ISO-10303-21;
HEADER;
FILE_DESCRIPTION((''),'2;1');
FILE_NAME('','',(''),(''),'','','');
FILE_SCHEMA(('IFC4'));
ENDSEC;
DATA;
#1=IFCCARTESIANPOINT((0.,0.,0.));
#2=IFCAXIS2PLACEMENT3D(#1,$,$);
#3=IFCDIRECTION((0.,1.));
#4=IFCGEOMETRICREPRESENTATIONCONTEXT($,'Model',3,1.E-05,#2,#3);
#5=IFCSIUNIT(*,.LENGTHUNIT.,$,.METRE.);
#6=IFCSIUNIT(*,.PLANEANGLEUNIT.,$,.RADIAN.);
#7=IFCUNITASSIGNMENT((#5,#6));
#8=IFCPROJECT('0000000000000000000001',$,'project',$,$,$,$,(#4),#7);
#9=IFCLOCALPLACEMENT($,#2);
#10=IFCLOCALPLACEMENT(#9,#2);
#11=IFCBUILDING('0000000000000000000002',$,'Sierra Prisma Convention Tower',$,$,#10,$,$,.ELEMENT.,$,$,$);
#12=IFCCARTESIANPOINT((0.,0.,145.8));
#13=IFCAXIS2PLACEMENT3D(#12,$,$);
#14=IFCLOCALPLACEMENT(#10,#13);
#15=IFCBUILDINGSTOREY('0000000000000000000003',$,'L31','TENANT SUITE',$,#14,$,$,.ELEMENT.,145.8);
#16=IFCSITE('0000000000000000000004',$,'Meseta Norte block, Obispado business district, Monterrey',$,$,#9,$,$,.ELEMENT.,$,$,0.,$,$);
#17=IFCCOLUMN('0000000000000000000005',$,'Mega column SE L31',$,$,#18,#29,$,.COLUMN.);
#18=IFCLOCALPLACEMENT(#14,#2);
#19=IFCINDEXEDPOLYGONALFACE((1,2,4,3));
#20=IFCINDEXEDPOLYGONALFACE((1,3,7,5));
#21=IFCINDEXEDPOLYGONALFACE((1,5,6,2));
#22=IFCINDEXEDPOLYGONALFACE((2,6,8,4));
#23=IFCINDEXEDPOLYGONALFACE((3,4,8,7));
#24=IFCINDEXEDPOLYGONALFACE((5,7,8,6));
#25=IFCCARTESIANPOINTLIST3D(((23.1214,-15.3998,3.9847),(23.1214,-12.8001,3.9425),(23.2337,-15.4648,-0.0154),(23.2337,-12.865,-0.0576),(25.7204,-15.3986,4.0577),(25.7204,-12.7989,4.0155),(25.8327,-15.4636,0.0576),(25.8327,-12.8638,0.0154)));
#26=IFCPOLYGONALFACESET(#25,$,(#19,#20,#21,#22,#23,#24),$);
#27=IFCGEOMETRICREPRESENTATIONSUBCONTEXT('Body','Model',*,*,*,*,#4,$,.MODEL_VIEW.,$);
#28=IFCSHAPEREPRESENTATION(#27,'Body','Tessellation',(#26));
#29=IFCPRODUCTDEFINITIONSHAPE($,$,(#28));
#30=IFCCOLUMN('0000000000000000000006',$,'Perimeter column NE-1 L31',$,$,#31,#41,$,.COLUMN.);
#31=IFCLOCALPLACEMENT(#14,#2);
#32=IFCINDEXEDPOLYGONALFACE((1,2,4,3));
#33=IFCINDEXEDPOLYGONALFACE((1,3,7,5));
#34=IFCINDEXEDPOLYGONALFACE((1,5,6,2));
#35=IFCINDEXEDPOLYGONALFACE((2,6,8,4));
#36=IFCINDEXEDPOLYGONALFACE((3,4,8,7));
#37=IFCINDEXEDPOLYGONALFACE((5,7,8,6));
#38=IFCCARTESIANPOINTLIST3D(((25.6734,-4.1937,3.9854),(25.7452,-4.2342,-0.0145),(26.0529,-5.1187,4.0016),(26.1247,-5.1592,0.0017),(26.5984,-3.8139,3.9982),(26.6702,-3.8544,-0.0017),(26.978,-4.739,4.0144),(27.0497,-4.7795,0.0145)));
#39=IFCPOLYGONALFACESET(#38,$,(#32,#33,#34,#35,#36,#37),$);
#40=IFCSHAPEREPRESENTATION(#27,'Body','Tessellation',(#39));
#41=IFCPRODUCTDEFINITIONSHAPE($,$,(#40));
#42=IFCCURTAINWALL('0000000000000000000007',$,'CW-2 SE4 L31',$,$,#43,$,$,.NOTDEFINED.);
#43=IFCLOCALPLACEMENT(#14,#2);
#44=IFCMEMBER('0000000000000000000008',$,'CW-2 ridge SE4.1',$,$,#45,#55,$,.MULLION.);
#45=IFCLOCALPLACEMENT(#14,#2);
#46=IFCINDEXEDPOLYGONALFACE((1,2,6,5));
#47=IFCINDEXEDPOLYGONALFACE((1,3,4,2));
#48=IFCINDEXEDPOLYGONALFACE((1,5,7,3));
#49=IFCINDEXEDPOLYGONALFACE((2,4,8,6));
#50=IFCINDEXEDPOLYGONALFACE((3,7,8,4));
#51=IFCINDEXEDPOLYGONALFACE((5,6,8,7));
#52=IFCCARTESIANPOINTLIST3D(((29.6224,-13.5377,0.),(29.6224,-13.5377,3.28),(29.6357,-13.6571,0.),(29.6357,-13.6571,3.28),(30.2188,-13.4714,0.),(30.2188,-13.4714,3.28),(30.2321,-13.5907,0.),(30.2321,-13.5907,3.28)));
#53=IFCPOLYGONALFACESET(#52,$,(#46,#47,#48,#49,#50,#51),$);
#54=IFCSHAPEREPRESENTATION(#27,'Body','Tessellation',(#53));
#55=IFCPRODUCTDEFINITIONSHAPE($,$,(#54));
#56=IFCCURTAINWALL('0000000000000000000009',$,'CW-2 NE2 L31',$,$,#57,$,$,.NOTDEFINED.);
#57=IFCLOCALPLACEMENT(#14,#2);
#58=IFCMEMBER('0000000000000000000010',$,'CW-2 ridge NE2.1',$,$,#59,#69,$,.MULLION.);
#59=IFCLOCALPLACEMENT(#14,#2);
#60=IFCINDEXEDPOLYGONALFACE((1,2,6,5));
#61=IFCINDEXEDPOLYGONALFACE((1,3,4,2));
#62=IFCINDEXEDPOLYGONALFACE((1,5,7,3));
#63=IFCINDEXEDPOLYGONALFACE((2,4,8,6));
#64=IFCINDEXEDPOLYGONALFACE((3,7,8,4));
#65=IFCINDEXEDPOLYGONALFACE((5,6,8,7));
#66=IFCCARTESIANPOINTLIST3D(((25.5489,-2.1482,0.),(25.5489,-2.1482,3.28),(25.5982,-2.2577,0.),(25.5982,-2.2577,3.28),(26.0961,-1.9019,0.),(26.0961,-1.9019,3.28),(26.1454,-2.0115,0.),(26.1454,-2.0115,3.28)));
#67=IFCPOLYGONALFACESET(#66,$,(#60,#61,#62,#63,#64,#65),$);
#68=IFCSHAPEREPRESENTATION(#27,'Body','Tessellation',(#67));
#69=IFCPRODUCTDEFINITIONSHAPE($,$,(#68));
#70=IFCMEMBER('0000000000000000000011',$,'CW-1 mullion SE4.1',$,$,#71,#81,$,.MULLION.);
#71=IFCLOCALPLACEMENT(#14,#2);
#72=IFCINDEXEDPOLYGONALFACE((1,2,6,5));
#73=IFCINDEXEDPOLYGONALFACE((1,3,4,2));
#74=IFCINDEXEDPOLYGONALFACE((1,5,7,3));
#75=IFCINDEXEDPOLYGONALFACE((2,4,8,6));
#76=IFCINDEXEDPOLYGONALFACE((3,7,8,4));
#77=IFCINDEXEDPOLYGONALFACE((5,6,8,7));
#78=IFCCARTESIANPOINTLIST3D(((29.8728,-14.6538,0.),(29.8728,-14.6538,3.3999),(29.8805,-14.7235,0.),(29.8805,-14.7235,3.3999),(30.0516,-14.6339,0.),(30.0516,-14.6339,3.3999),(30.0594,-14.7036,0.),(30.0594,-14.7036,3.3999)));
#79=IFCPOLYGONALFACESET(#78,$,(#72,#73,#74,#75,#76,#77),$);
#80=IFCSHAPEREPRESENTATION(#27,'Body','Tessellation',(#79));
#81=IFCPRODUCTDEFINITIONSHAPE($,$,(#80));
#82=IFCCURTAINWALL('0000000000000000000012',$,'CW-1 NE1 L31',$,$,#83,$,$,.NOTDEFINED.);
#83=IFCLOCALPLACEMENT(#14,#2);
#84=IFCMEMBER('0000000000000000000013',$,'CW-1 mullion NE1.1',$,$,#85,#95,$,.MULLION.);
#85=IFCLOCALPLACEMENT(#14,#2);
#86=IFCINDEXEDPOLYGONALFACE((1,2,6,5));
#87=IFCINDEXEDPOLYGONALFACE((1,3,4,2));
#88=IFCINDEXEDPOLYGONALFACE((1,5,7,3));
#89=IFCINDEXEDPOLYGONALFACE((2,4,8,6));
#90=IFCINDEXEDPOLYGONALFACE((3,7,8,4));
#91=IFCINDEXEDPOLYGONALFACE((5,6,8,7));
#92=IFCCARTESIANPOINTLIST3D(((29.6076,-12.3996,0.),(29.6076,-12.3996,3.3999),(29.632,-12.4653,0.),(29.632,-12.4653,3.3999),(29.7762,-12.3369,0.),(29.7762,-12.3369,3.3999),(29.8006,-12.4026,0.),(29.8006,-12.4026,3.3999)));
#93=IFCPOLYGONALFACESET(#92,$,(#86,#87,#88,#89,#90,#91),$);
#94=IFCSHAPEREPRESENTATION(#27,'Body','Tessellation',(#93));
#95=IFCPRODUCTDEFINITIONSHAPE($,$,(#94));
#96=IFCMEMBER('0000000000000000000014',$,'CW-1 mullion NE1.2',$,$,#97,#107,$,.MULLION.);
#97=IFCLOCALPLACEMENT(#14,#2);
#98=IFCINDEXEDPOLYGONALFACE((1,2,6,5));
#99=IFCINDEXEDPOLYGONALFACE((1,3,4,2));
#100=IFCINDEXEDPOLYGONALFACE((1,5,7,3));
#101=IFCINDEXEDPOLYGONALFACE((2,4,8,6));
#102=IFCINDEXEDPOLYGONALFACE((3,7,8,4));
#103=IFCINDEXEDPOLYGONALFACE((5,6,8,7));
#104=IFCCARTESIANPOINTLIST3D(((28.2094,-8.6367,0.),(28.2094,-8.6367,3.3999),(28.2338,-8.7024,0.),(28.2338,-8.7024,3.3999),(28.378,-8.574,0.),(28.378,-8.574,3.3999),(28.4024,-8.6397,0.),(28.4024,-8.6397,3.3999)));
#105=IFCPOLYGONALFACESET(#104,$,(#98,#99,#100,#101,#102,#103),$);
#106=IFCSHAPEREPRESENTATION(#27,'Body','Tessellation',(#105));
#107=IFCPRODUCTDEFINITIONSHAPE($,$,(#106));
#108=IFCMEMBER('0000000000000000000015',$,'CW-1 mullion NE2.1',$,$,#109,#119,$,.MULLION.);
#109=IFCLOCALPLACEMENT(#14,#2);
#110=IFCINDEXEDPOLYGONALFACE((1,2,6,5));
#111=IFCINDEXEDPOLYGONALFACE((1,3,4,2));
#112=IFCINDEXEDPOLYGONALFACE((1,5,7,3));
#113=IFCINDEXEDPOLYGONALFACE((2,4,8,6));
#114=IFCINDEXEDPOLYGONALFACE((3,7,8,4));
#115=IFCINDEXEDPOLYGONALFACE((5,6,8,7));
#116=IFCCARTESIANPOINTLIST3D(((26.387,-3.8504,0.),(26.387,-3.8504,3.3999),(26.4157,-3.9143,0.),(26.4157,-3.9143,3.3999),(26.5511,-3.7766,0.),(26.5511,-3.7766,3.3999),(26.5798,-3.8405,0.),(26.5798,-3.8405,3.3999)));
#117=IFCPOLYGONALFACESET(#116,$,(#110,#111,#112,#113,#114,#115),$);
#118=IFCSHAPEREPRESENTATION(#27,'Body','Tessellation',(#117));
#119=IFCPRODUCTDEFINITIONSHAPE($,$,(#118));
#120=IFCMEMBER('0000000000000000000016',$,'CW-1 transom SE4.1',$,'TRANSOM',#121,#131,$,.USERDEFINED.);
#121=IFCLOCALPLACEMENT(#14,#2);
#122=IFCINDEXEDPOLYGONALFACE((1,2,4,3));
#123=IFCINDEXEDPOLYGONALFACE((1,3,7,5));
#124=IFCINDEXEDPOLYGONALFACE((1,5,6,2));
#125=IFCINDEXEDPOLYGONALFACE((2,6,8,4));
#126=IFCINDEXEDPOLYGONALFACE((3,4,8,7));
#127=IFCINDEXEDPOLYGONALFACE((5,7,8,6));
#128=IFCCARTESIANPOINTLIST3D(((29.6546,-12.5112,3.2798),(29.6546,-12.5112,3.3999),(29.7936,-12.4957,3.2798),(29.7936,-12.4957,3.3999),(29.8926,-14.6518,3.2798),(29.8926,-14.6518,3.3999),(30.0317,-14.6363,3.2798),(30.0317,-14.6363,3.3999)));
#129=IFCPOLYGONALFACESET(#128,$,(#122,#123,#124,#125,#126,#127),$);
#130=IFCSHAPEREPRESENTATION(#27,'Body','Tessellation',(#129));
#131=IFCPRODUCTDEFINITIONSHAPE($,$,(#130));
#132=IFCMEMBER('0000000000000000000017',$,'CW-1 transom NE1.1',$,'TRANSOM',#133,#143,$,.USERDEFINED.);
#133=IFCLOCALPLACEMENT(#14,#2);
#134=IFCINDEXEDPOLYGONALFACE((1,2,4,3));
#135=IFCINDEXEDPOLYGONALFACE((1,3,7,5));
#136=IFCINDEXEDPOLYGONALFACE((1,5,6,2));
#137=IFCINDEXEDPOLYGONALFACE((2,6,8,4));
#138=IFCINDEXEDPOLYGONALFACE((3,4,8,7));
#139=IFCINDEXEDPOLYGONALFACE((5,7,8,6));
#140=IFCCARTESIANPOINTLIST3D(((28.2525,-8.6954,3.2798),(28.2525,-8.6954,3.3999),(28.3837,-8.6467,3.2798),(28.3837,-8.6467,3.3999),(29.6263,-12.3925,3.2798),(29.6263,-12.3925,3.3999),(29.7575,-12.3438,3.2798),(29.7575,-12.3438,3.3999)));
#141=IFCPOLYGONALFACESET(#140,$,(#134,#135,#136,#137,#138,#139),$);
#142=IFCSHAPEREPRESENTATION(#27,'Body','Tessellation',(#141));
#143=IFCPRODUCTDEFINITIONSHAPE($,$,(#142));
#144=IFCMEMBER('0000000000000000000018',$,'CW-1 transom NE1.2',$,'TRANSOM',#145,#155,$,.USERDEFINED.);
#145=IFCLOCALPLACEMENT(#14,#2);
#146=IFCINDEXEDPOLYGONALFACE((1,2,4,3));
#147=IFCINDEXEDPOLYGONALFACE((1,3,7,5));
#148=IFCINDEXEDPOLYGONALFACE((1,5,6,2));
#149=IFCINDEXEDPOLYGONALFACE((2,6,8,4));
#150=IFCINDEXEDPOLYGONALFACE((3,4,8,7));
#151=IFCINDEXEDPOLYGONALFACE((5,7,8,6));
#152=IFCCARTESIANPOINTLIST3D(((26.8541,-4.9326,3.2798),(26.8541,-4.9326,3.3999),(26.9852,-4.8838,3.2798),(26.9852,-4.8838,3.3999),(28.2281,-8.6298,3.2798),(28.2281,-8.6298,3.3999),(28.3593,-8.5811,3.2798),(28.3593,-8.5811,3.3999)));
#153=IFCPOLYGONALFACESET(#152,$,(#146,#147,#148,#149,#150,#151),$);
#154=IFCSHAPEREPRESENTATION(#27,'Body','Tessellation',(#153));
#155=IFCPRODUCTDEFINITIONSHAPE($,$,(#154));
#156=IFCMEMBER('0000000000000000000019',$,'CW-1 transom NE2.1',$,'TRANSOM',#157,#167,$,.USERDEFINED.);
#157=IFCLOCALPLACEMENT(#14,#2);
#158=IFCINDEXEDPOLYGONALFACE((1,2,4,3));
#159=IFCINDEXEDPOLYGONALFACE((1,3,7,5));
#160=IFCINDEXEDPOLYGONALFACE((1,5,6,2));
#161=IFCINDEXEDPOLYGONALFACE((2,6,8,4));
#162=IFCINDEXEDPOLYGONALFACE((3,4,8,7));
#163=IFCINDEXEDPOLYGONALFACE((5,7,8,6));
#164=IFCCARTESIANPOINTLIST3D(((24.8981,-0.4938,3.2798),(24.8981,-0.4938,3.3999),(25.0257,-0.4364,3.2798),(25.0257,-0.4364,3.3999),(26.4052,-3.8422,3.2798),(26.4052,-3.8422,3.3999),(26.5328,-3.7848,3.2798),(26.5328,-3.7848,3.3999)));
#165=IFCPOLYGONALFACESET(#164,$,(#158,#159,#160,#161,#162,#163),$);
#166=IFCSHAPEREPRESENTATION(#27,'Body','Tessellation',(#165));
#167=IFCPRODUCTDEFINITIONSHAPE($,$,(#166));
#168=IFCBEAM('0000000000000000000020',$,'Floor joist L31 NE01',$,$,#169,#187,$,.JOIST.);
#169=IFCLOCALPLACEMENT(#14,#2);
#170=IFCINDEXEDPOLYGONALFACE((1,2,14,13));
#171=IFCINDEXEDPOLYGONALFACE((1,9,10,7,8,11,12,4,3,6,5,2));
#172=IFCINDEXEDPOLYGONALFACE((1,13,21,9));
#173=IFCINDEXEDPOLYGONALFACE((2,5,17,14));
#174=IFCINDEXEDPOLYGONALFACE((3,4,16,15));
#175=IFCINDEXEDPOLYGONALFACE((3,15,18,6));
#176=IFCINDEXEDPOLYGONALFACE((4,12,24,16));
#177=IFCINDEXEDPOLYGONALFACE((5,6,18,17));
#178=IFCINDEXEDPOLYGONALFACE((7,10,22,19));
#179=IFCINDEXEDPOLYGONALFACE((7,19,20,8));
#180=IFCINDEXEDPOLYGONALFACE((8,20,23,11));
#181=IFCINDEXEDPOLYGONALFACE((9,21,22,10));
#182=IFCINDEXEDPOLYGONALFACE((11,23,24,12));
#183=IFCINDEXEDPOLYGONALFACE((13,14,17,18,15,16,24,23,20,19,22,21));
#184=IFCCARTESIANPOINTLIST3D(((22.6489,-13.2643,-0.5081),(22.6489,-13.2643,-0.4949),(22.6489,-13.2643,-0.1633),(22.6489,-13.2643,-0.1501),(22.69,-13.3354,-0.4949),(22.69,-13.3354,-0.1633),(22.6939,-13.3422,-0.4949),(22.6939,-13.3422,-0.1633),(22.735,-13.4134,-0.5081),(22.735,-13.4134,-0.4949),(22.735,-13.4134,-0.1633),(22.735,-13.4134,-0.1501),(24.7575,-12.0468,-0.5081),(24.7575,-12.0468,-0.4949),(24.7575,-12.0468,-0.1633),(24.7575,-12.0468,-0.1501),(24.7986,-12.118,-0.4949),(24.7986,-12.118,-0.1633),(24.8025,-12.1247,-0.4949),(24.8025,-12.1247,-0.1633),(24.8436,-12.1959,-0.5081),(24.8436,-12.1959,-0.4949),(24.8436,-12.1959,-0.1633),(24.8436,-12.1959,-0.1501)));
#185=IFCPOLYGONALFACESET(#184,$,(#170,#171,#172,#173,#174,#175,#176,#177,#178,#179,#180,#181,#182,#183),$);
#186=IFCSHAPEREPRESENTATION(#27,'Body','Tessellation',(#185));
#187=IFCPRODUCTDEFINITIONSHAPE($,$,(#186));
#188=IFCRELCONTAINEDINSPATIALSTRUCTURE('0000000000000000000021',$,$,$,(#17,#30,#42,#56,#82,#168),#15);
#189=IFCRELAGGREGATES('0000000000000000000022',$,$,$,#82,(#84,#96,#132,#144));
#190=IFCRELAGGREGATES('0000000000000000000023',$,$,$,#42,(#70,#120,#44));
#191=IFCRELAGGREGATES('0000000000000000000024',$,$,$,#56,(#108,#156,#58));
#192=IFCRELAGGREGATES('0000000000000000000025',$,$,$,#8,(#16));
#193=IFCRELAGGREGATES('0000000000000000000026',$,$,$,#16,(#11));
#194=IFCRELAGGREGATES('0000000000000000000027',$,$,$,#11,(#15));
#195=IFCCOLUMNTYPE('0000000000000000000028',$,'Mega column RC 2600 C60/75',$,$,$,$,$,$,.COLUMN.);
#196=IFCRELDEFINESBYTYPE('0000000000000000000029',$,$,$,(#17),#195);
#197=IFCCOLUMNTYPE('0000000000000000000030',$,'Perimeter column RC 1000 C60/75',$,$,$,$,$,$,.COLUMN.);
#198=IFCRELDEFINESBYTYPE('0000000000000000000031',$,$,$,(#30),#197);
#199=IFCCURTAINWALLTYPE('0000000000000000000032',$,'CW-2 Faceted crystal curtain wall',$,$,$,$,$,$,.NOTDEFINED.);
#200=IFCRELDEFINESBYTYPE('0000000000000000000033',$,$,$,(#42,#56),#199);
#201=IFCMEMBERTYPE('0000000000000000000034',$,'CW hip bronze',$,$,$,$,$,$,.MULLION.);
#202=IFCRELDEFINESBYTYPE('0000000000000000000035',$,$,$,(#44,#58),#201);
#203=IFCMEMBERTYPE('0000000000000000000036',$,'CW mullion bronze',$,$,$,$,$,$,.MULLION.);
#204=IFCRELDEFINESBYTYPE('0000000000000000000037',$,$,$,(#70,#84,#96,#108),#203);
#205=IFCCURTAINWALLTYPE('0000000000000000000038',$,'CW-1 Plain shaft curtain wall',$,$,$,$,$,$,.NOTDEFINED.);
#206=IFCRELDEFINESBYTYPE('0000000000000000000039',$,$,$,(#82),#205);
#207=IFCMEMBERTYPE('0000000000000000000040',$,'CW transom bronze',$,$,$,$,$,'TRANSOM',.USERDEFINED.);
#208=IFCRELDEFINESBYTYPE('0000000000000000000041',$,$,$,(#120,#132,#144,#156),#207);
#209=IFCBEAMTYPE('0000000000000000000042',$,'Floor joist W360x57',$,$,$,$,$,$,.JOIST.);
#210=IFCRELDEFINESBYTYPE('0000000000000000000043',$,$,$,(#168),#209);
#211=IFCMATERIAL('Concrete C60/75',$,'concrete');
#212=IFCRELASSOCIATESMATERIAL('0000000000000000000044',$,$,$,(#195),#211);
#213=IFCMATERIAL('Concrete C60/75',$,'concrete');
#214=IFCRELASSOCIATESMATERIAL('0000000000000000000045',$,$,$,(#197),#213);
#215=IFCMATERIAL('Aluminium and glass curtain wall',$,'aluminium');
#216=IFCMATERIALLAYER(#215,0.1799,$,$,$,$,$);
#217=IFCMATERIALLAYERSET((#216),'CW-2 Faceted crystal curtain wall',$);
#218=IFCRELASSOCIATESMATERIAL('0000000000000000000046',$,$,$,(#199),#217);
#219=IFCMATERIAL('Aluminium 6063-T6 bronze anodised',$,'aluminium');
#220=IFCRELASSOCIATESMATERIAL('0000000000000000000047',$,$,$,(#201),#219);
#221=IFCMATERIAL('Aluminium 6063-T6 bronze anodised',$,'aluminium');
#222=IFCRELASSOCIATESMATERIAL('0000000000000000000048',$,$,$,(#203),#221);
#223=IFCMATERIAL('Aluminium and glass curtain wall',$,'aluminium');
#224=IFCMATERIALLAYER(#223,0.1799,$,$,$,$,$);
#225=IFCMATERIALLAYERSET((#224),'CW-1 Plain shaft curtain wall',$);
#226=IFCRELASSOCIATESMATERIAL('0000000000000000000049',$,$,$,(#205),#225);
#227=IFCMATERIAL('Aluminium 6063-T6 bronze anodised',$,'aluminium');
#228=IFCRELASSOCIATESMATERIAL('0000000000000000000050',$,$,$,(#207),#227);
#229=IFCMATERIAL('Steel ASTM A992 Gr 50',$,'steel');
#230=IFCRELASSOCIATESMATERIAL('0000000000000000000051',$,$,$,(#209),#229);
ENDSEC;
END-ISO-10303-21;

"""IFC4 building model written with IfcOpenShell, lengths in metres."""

from ifc_helpers import new_model, si_unit, direction, frame, origin, origin_2d, place, context, subcontext, project, spatial, rectangle, i_section, extrude, material, layer, layer_set, material_profile, profile_set, type_object, element, aggregate, save


model = new_model("IFC4")

# Units and contexts
model_context = context("Model", 3, precision=1e-05, world=origin(), true_north=direction((0.0, 1.0)))
body_context = subcontext(model_context, "Body", "Model", "MODEL_VIEW")
ifc_project = project(units=[si_unit("LENGTHUNIT", "METRE"), si_unit("PLANEANGLEUNIT", "RADIAN")], contexts=[model_context])

# Site, building, storey
site_placement = place(None, origin())
site = spatial("IfcSite", under=ifc_project, at=site_placement, Name="Meseta Norte block, Obispado business district, Monterrey", CompositionType="ELEMENT", RefElevation=0.0)
building_placement = place(site_placement, origin())
building = spatial("IfcBuilding", under=site, at=building_placement, Name="Sierra Prisma Convention Tower", CompositionType="ELEMENT")
storey_placement = place(building_placement, frame((0.0, 0.0, 145.8)))
storey = spatial("IfcBuildingStorey", under=building, at=storey_placement, Name="L31", Description="TENANT SUITE", CompositionType="ELEMENT", Elevation=145.8)

# Columns
ifc_material_1 = material(Name="Concrete C60/75", Category="concrete")
ifc_material_profile_1 = material_profile(ifc_material_1, rectangle(XDim=2.6001, YDim=2.6001, at=origin_2d()), Name="Mega column RC 2600 C60/75")
ifc_profile_set_1 = profile_set([ifc_material_profile_1], Name="Concrete C60/75")
column_type_1 = type_object("IfcColumnType", Name="Mega column RC 2600 C60/75", PredefinedType="COLUMN", material=ifc_profile_set_1)
column_1_placement = place(storey_placement, frame((24.5332, -14.1643, 0.0), z_axis=(-0.028061, 0.016227, 0.999474), x_axis=(0.999606, 0.000456, 0.028058)))
element("IfcColumn", 1, at=column_1_placement, inside=storey, type_object=column_type_1, Name="Mega column SE L31", PredefinedType="COLUMN", context=body_context, shape_type="SweptSolid", body=[
    extrude(rectangle(XDim=2.6001, YDim=2.6001, at=origin_2d()), origin(), (0.0, 0.0, 1.0), 4.0022),
])
ifc_material_2 = material(Name="Concrete C60/75", Category="concrete")
ifc_material_profile_2 = material_profile(ifc_material_2, rectangle(XDim=1.0, YDim=1.0, at=origin_2d()), Name="Perimeter column RC 1000 C60/75")
ifc_profile_set_2 = profile_set([ifc_material_profile_2], Name="Concrete C60/75")
column_type_2 = type_object("IfcColumnType", Name="Perimeter column RC 1000 C60/75", PredefinedType="COLUMN", material=ifc_profile_set_2)
column_2_placement = place(storey_placement, frame((26.3975, -4.5068, 0.0), z_axis=(-0.017941, 0.01013, 0.999788), x_axis=(-0.379524, 0.92504, -0.016183)))
element("IfcColumn", 2, at=column_2_placement, inside=storey, type_object=column_type_2, Name="Perimeter column NE-1 L31", PredefinedType="COLUMN", context=body_context, shape_type="SweptSolid", body=[
    extrude(rectangle(XDim=1.0, YDim=1.0, at=origin_2d()), origin(), (0.0, 0.0, 1.0), 4.0007),
])

# Curtain walls, members
ifc_material_3 = material(Name="Aluminium and glass curtain wall", Category="aluminium")
ifc_layer_1 = layer(ifc_material_3, 0.1799)
ifc_layer_set_1 = layer_set([ifc_layer_1], Name="CW-2 Faceted crystal curtain wall")
curtain_wall_type_1 = type_object("IfcCurtainWallType", Name="CW-2 Faceted crystal curtain wall", PredefinedType="NOTDEFINED", material=ifc_layer_set_1)
curtain_wall_1_placement = place(storey_placement, origin())
curtain_wall_1 = element("IfcCurtainWall", 3, at=curtain_wall_1_placement, inside=storey, type_object=curtain_wall_type_1, Name="CW-2 SE4 L31", PredefinedType="NOTDEFINED")
ifc_material_4 = material(Name="Aluminium 6063-T6 bronze anodised", Category="aluminium")
ifc_material_profile_3 = material_profile(ifc_material_4, rectangle(XDim=0.1201, YDim=0.6001, at=origin_2d()), Name="ALU RIDGE BLADE 120x600")
ifc_profile_set_3 = profile_set([ifc_material_profile_3], Name="Aluminium 6063-T6 bronze anodised")
member_type_1 = type_object("IfcMemberType", Name="CW hip bronze", PredefinedType="MULLION", material=ifc_profile_set_3)
member_1_placement = place(storey_placement, frame((29.9272, -13.5642, 0.0), z_axis=(0.0, 0.0, 1.0), x_axis=(-0.110541, 0.993872, 0.0)))
member_1 = element("IfcMember", 4, at=member_1_placement, type_object=member_type_1, Name="CW-2 ridge SE4.1", PredefinedType="MULLION", context=body_context, shape_type="SweptSolid", body=[
    extrude(rectangle(XDim=0.1201, YDim=0.6001, at=origin_2d()), origin(), (0.0, 0.0, 1.0), 3.28),
])
curtain_wall_2_placement = place(storey_placement, origin())
curtain_wall_2 = element("IfcCurtainWall", 5, at=curtain_wall_2_placement, inside=storey, type_object=curtain_wall_type_1, Name="CW-2 NE2 L31", PredefinedType="NOTDEFINED")
member_2_placement = place(storey_placement, frame((25.8472, -2.0798, 0.0), z_axis=(0.0, 0.0, 1.0), x_axis=(-0.410416, 0.911898, 0.0)))
member_2 = element("IfcMember", 6, at=member_2_placement, type_object=member_type_1, Name="CW-2 ridge NE2.1", PredefinedType="MULLION", context=body_context, shape_type="SweptSolid", body=[
    extrude(rectangle(XDim=0.1201, YDim=0.6001, at=origin_2d()), origin(), (0.0, 0.0, 1.0), 3.28),
])

# Member
ifc_material_5 = material(Name="Aluminium 6063-T6 bronze anodised", Category="aluminium")
ifc_material_profile_4 = material_profile(ifc_material_5, rectangle(XDim=0.1799, YDim=0.0701, at=origin_2d()), Name="ALU MULLION 70x180")
ifc_profile_set_4 = profile_set([ifc_material_profile_4], Name="Aluminium 6063-T6 bronze anodised")
member_type_2 = type_object("IfcMemberType", Name="CW mullion bronze", PredefinedType="MULLION", material=ifc_profile_set_4)
member_3_placement = place(storey_placement, frame((29.9661, -14.6787, 0.0), z_axis=(0.0, 0.0, 1.0), x_axis=(-0.993872, -0.110541, 0.0)))
member_3 = element("IfcMember", 7, at=member_3_placement, type_object=member_type_2, Name="CW-1 mullion SE4.1", PredefinedType="MULLION", context=body_context, shape_type="SweptSolid", body=[
    extrude(rectangle(XDim=0.1799, YDim=0.0701, at=origin_2d()), origin(), (0.0, 0.0, 1.0), 3.3999),
])

# Curtain wall, members
ifc_material_6 = material(Name="Aluminium and glass curtain wall", Category="aluminium")
ifc_layer_2 = layer(ifc_material_6, 0.1799)
ifc_layer_set_2 = layer_set([ifc_layer_2], Name="CW-1 Plain shaft curtain wall")
curtain_wall_type_2 = type_object("IfcCurtainWallType", Name="CW-1 Plain shaft curtain wall", PredefinedType="NOTDEFINED", material=ifc_layer_set_2)
curtain_wall_3_placement = place(storey_placement, origin())
curtain_wall_3 = element("IfcCurtainWall", 8, at=curtain_wall_3_placement, inside=storey, type_object=curtain_wall_type_2, Name="CW-1 NE1 L31", PredefinedType="NOTDEFINED")
member_4_placement = place(storey_placement, frame((29.7041, -12.4011, 0.0), z_axis=(0.0, 0.0, 1.0), x_axis=(-0.937373, -0.348326, 0.0)))
member_4 = element("IfcMember", 9, at=member_4_placement, type_object=member_type_2, Name="CW-1 mullion NE1.1", PredefinedType="MULLION", context=body_context, shape_type="SweptSolid", body=[
    extrude(rectangle(XDim=0.1799, YDim=0.0701, at=origin_2d()), origin(), (0.0, 0.0, 1.0), 3.3999),
])
member_5_placement = place(storey_placement, frame((28.3059, -8.6382, 0.0), z_axis=(0.0, 0.0, 1.0), x_axis=(-0.937373, -0.348326, 0.0)))
member_5 = element("IfcMember", 10, at=member_5_placement, type_object=member_type_2, Name="CW-1 mullion NE1.2", PredefinedType="MULLION", context=body_context, shape_type="SweptSolid", body=[
    extrude(rectangle(XDim=0.1799, YDim=0.0701, at=origin_2d()), origin(), (0.0, 0.0, 1.0), 3.3999),
])

# Members
member_6_placement = place(storey_placement, frame((26.4834, -3.8455, 0.0), z_axis=(0.0, 0.0, 1.0), x_axis=(-0.911898, -0.410416, 0.0)))
member_6 = element("IfcMember", 11, at=member_6_placement, type_object=member_type_2, Name="CW-1 mullion NE2.1", PredefinedType="MULLION", context=body_context, shape_type="SweptSolid", body=[
    extrude(rectangle(XDim=0.1799, YDim=0.0701, at=origin_2d()), origin(), (0.0, 0.0, 1.0), 3.3999),
])
ifc_material_7 = material(Name="Aluminium 6063-T6 bronze anodised", Category="aluminium")
ifc_material_profile_5 = material_profile(ifc_material_7, rectangle(XDim=0.1399, YDim=0.1201, at=origin_2d()), Name="ALU TRANSOM 120x140")
ifc_profile_set_5 = profile_set([ifc_material_profile_5], Name="Aluminium 6063-T6 bronze anodised")
member_type_3 = type_object("IfcMemberType", Name="CW transom bronze", ElementType="TRANSOM", PredefinedType="USERDEFINED", material=ifc_profile_set_5)
member_7_placement = place(storey_placement, frame((29.9622, -14.644, 3.3398), z_axis=(-0.110519, 0.993874, 0.0), x_axis=(-0.993874, -0.110519, 0.0)))
member_7 = element("IfcMember", 12, at=member_7_placement, type_object=member_type_3, Name="CW-1 transom SE4.1", ObjectType="TRANSOM", PredefinedType="USERDEFINED", context=body_context, shape_type="SweptSolid", body=[
    extrude(rectangle(XDim=0.1399, YDim=0.1201, at=origin_2d()), origin(), (0.0, 0.0, 1.0), 2.1538),
])
member_8_placement = place(storey_placement, frame((29.6919, -12.3682, 3.3398), z_axis=(-0.34832, 0.937376, 0.0), x_axis=(-0.937376, -0.34832, 0.0)))
member_8 = element("IfcMember", 13, at=member_8_placement, type_object=member_type_3, Name="CW-1 transom NE1.1", ObjectType="TRANSOM", PredefinedType="USERDEFINED", context=body_context, shape_type="SweptSolid", body=[
    extrude(rectangle(XDim=0.1399, YDim=0.1201, at=origin_2d()), origin(), (0.0, 0.0, 1.0), 3.9441),
])
member_9_placement = place(storey_placement, frame((28.2937, -8.6055, 3.3398), z_axis=(-0.348354, 0.937363, 0.0), x_axis=(-0.937363, -0.348354, 0.0)))
member_9 = element("IfcMember", 14, at=member_9_placement, type_object=member_type_3, Name="CW-1 transom NE1.2", ObjectType="TRANSOM", PredefinedType="USERDEFINED", context=body_context, shape_type="SweptSolid", body=[
    extrude(rectangle(XDim=0.1399, YDim=0.1201, at=origin_2d()), origin(), (0.0, 0.0, 1.0), 3.9443),
])
member_10_placement = place(storey_placement, frame((26.469, -3.8135, 3.3398), z_axis=(-0.410434, 0.91189, 0.0), x_axis=(-0.91189, -0.410434, 0.0)))
member_10 = element("IfcMember", 15, at=member_10_placement, type_object=member_type_3, Name="CW-1 transom NE2.1", ObjectType="TRANSOM", PredefinedType="USERDEFINED", context=body_context, shape_type="SweptSolid", body=[
    extrude(rectangle(XDim=0.1399, YDim=0.1201, at=origin_2d()), origin(), (0.0, 0.0, 1.0), 3.6719),
])

# Beam
ifc_material_8 = material(Name="Steel ASTM A992 Gr 50", Category="steel")
ifc_material_profile_6 = material_profile(ifc_material_8, i_section(OverallWidth=0.1721, OverallDepth=0.3579, WebThickness=0.0078, FlangeThickness=0.0132, at=origin_2d()), Name="W360x57")
ifc_profile_set_6 = profile_set([ifc_material_profile_6], Name="Steel ASTM A992 Gr 50")
beam_type_1 = type_object("IfcBeamType", Name="Floor joist W360x57", PredefinedType="JOIST", material=ifc_profile_set_6)
beam_1_placement = place(storey_placement, frame((24.8005, -12.1213, -0.3291), z_axis=(-0.866007, -0.500032, 0.0), x_axis=(0.500032, -0.866007, 0.0)))
element("IfcBeam", 16, at=beam_1_placement, inside=storey, type_object=beam_type_1, Name="Floor joist L31 NE01", PredefinedType="JOIST", context=body_context, shape_type="SweptSolid", body=[
    extrude(i_section(OverallWidth=0.1721, OverallDepth=0.3579, WebThickness=0.0078, FlangeThickness=0.0132, at=origin_2d()), origin(), (0.0, 0.0, 1.0), 2.4348),
])

aggregate(curtain_wall_3, [member_4, member_5, member_8, member_9])

aggregate(curtain_wall_1, [member_3, member_7, member_1])
aggregate(curtain_wall_2, [member_6, member_10, member_2])

save(model, "model.ifc")
